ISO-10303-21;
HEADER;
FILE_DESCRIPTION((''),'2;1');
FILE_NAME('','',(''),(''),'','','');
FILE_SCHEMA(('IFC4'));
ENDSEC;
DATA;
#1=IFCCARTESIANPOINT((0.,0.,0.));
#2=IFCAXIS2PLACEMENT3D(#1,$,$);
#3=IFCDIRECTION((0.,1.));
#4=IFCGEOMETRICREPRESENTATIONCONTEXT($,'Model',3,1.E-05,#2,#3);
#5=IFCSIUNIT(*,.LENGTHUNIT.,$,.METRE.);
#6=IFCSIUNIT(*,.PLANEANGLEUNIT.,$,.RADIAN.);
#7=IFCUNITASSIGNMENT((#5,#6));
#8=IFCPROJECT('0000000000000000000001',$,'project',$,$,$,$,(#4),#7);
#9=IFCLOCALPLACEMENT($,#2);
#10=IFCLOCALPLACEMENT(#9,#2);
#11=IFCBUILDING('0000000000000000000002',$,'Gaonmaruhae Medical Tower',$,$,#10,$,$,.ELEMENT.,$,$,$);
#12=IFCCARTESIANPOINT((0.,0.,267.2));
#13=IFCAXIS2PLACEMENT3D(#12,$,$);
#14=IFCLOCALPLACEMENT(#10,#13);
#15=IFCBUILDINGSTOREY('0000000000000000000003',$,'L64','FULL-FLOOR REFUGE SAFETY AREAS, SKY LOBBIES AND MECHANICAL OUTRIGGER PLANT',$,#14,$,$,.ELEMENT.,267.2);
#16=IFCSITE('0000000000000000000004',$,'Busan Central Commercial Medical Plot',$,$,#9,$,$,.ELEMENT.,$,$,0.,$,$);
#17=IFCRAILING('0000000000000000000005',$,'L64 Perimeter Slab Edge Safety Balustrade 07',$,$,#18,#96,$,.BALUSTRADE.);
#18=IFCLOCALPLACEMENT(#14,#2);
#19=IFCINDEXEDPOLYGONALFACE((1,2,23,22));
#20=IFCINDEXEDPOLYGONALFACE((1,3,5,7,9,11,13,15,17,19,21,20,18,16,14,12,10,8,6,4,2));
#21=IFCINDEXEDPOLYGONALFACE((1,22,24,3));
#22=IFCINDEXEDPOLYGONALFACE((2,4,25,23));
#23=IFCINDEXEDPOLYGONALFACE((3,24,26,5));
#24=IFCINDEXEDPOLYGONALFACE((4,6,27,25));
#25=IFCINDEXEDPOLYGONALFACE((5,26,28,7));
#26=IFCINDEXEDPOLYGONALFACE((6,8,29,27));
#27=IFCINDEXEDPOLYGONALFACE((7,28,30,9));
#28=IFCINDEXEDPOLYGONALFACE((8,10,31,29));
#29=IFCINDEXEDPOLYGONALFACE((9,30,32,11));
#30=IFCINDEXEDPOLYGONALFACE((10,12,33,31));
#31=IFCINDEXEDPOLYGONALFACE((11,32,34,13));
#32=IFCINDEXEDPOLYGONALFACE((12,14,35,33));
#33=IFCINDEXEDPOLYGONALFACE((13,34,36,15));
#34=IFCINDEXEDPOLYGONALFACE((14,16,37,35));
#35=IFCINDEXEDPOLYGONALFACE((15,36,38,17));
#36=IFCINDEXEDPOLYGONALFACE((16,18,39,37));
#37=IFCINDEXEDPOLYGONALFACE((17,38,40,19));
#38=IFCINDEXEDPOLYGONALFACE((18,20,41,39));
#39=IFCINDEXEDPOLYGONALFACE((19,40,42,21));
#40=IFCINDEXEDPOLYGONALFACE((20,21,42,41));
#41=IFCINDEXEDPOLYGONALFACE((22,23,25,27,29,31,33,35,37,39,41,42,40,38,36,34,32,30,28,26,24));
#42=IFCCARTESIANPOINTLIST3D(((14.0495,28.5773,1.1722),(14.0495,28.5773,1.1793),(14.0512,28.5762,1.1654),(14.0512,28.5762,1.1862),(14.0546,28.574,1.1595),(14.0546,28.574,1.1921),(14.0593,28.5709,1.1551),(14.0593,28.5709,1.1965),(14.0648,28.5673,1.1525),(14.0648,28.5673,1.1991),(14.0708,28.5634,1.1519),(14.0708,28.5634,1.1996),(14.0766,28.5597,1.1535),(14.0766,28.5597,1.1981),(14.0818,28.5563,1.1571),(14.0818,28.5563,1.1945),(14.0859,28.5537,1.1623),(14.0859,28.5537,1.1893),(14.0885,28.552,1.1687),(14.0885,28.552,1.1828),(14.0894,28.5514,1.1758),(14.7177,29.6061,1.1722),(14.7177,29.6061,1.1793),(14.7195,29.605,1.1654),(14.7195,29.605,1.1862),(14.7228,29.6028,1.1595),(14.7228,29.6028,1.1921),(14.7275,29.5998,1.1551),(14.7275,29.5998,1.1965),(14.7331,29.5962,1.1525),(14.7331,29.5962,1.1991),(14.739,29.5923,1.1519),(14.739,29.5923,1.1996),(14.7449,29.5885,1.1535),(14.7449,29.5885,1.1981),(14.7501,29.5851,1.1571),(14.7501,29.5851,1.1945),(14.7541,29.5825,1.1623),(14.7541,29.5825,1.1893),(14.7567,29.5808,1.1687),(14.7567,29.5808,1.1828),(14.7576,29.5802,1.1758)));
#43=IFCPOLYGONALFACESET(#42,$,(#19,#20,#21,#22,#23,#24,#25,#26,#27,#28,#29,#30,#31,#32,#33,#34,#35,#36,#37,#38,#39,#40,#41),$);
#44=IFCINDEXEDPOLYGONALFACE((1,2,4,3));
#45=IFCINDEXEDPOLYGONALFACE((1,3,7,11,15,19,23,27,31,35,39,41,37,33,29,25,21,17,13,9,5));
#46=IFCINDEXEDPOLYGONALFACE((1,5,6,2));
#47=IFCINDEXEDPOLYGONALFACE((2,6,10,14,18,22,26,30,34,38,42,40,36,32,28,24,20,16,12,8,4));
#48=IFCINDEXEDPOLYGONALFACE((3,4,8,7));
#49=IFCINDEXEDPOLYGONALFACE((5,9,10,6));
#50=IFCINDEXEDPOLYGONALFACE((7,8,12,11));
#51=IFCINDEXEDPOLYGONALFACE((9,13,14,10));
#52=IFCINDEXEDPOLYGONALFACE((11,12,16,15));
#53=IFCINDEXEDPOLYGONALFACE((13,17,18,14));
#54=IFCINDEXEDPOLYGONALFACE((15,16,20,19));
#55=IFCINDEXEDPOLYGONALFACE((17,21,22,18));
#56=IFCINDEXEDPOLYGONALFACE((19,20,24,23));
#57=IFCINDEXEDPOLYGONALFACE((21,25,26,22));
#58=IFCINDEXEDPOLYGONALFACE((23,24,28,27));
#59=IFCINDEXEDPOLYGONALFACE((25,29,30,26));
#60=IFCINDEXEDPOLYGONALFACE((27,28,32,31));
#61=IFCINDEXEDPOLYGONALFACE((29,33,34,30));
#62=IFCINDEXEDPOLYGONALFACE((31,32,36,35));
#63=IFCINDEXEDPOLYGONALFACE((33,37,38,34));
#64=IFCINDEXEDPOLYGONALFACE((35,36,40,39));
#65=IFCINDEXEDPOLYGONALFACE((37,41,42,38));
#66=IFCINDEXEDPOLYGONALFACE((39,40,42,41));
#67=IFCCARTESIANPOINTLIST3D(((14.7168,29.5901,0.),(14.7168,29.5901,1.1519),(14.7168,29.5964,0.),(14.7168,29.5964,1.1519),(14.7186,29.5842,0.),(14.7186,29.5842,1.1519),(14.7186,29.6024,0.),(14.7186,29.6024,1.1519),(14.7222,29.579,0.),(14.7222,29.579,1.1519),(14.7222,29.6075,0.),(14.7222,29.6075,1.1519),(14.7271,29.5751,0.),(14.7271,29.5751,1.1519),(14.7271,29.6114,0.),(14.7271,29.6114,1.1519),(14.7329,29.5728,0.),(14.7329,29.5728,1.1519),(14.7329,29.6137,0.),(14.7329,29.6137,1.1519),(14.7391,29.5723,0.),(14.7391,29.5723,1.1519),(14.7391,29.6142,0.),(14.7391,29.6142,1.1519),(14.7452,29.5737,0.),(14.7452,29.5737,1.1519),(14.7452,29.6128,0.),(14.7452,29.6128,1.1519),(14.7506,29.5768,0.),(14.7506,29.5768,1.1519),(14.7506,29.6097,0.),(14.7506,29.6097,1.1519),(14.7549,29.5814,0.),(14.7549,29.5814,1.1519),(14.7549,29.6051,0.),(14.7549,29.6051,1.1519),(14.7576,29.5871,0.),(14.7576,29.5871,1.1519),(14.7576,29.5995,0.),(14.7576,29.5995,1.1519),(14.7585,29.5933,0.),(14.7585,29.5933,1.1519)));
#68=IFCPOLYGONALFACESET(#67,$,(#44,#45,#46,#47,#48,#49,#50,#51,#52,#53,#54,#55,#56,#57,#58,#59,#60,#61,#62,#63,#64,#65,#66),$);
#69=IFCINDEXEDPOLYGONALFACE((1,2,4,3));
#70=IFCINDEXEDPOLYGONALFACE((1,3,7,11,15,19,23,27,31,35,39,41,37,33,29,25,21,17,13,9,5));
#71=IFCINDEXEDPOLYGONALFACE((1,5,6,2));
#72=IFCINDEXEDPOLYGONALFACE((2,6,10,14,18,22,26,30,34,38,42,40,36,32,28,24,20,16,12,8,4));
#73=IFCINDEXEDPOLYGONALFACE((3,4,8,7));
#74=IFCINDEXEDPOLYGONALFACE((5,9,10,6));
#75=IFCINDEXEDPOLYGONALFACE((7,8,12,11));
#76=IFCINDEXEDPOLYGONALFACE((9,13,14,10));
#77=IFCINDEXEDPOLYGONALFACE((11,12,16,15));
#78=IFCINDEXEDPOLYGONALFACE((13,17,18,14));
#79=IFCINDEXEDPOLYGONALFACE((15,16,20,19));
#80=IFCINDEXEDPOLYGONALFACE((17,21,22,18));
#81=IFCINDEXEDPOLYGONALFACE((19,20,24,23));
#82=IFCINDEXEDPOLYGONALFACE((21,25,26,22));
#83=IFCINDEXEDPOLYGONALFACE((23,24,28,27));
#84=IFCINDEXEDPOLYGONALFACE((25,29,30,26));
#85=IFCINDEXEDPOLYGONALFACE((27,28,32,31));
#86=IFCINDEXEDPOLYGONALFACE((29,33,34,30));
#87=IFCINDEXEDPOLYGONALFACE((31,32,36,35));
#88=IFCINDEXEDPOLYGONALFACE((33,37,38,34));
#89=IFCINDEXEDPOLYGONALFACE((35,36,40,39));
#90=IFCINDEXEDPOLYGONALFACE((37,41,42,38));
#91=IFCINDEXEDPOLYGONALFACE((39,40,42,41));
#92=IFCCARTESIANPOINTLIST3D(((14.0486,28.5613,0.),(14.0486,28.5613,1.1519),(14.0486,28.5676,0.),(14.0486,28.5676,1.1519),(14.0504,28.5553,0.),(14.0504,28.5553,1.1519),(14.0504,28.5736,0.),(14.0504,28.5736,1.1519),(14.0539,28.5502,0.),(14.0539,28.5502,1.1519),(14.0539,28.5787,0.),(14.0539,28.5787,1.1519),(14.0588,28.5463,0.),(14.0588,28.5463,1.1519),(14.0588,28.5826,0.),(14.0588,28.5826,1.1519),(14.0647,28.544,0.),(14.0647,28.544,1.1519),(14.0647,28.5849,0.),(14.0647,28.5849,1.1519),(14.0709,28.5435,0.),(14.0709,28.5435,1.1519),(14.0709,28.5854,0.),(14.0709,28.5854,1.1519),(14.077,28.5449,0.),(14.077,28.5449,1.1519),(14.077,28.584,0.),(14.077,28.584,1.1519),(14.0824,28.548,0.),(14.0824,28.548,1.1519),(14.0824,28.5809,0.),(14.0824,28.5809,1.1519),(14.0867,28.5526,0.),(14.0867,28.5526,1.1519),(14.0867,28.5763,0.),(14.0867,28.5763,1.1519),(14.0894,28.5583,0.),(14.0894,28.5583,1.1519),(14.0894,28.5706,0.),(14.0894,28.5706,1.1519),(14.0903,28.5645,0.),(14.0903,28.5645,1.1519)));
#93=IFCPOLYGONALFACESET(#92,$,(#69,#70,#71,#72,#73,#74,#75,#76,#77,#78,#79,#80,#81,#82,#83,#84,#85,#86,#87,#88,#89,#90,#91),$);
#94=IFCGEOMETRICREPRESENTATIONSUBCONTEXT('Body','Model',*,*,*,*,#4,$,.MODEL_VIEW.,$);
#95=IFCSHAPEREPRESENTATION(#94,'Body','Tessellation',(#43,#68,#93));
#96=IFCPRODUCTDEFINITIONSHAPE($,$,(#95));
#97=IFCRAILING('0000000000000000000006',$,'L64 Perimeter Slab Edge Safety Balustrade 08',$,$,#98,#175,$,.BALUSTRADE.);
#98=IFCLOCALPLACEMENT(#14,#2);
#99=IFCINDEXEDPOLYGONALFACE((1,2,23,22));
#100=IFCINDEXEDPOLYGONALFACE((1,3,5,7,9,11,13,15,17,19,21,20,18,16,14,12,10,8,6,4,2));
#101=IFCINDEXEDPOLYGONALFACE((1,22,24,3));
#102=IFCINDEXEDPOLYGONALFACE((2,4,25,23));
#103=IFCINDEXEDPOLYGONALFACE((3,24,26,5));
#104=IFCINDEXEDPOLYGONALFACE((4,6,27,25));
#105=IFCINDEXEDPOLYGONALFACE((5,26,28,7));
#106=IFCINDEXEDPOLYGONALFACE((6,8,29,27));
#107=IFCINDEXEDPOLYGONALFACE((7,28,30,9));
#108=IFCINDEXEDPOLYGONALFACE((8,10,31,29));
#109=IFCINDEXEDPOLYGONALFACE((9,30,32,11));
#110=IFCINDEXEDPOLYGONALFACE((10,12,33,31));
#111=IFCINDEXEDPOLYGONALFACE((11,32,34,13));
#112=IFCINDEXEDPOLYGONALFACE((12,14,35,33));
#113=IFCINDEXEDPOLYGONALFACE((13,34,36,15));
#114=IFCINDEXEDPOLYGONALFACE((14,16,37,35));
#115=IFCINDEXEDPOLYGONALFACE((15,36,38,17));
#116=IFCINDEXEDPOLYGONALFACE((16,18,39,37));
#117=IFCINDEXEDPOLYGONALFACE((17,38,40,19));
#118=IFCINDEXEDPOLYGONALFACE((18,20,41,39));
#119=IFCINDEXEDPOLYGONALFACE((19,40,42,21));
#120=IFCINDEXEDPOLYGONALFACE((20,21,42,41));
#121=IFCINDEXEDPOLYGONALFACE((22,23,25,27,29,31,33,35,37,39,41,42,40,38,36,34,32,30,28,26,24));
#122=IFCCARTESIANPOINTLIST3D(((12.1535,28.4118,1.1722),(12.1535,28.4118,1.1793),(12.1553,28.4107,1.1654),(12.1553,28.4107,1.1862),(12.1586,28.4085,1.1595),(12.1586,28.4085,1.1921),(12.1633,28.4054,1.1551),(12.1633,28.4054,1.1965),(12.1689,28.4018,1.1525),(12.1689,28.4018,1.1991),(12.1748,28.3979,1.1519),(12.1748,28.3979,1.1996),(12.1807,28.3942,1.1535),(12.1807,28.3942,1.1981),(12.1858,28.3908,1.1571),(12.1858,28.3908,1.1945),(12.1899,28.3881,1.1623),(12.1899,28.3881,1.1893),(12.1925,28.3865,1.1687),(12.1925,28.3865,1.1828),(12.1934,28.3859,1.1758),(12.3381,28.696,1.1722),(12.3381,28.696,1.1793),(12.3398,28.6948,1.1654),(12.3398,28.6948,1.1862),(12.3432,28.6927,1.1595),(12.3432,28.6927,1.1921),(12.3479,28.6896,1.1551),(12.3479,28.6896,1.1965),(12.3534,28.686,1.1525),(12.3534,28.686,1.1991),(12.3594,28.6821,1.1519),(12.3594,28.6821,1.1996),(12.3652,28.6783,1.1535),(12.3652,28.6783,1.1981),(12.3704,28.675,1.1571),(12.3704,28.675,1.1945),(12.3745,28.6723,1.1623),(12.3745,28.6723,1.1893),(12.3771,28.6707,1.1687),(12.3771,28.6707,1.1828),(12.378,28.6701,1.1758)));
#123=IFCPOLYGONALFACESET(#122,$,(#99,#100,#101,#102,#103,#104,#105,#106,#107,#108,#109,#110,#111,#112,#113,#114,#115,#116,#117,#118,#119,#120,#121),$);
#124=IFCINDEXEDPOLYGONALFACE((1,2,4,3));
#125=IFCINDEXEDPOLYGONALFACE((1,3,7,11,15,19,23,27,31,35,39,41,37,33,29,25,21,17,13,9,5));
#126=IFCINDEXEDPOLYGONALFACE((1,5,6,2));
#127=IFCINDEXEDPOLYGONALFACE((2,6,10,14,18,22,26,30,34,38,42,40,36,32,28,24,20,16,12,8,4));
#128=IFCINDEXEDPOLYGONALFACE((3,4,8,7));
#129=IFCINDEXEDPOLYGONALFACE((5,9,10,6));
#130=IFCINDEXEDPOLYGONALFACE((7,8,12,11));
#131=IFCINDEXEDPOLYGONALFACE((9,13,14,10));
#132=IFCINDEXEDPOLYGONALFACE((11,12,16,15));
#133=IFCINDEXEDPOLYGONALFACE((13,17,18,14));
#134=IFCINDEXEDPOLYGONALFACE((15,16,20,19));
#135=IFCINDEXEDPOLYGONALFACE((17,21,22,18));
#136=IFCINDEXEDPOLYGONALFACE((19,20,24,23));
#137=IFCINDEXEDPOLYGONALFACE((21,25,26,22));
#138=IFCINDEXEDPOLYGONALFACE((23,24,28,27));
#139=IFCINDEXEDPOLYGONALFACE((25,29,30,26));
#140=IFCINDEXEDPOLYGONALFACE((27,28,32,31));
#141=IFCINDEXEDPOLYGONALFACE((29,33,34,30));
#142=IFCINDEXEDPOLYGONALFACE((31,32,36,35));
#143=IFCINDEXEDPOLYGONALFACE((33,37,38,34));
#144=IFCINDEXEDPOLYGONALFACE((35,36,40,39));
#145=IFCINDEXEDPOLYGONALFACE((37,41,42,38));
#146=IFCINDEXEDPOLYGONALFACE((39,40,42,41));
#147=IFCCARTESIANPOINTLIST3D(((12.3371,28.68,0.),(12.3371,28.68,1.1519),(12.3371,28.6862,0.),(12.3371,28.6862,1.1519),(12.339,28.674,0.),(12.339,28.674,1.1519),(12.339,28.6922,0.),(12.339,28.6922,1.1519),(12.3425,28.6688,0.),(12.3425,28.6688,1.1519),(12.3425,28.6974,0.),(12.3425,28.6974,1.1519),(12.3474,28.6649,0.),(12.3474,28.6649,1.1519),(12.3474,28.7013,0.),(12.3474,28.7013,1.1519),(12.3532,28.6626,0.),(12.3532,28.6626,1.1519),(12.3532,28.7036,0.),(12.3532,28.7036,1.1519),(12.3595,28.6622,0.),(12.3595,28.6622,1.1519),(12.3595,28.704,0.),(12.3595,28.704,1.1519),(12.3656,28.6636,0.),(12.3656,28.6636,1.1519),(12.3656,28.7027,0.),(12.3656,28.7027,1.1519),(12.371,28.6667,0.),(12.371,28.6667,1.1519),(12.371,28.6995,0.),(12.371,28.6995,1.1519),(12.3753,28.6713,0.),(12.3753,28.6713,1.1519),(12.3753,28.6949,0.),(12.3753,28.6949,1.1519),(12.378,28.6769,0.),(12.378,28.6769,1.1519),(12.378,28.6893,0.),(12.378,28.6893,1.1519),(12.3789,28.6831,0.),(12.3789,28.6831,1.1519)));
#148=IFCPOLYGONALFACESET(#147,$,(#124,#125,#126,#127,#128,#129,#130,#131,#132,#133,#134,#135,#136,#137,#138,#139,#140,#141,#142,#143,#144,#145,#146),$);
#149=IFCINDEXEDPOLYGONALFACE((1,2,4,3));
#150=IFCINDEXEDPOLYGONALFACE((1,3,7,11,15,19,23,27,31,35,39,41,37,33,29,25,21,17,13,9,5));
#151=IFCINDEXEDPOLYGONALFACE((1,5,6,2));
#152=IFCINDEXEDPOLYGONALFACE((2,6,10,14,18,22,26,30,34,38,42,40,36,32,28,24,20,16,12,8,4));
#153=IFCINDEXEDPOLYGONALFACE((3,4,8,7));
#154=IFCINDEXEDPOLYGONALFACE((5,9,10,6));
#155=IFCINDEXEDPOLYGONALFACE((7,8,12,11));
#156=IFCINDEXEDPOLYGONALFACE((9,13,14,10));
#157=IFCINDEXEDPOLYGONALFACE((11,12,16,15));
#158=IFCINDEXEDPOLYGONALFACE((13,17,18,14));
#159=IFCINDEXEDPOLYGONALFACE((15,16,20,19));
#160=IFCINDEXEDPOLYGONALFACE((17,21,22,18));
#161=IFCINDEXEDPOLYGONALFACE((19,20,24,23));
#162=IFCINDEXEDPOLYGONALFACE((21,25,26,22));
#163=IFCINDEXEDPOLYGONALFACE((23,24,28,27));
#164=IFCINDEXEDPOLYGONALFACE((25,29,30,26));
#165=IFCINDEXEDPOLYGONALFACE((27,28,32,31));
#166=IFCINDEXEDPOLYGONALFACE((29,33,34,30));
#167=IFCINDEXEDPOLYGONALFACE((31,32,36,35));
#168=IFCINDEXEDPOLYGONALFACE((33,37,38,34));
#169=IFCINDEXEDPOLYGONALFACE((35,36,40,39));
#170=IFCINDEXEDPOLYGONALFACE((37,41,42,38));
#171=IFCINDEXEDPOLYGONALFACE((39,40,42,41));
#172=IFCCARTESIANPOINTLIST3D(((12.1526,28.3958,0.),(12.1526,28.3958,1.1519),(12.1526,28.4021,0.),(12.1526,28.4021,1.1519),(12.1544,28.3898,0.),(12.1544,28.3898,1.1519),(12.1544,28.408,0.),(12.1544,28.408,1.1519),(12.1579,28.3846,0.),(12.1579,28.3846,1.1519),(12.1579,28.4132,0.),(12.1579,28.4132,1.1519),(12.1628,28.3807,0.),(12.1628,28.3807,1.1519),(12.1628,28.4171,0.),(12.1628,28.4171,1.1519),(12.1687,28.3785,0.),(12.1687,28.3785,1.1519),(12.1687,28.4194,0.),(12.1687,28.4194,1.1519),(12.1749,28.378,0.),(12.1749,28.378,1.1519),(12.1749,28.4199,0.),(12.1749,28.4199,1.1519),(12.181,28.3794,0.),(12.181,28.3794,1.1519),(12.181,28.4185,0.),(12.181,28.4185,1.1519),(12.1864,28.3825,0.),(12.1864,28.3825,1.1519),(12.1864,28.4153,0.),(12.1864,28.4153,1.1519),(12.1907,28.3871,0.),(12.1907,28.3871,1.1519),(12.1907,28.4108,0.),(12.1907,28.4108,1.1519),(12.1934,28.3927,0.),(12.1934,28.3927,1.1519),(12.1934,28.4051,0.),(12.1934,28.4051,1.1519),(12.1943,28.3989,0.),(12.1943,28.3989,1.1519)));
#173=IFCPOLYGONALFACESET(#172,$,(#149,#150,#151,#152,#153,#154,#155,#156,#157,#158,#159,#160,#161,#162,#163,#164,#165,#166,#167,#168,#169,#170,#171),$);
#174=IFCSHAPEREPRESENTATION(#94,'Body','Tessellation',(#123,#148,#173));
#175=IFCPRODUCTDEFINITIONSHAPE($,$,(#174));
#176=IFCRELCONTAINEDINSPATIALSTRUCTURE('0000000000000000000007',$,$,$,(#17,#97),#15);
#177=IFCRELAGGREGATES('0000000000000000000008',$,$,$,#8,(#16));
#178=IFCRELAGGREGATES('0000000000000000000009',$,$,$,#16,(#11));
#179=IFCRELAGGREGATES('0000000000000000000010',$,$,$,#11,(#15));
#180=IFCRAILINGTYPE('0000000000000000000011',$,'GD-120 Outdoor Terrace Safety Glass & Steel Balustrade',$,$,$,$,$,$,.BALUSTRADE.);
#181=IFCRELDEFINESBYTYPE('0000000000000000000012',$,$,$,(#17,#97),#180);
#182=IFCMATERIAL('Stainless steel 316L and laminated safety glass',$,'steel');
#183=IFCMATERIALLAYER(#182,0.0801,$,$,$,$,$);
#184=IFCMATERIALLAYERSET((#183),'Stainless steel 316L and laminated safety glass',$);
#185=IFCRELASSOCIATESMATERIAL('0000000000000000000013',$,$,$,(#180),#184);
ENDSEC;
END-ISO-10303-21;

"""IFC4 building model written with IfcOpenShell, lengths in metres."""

from ifc_helpers import new_model, si_unit, direction, frame, origin, origin_2d, place, context, subcontext, project, spatial, circle, extrude, material, layer, layer_set, type_object, element, save


model = new_model("IFC4")

# Units and contexts
model_context = context("Model", 3, precision=1e-05, world=origin(), true_north=direction((0.0, 1.0)))
body_context = subcontext(model_context, "Body", "Model", "MODEL_VIEW")
ifc_project = project(units=[si_unit("LENGTHUNIT", "METRE"), si_unit("PLANEANGLEUNIT", "RADIAN")], contexts=[model_context])

# Site, building, storey
site_placement = place(None, origin())
site = spatial("IfcSite", under=ifc_project, at=site_placement, Name="Busan Central Commercial Medical Plot", CompositionType="ELEMENT", RefElevation=0.0)
building_placement = place(site_placement, origin())
building = spatial("IfcBuilding", under=site, at=building_placement, Name="Gaonmaruhae Medical Tower", CompositionType="ELEMENT")
storey_placement = place(building_placement, frame((0.0, 0.0, 267.2)))
storey = spatial("IfcBuildingStorey", under=building, at=storey_placement, Name="L64", Description="FULL-FLOOR REFUGE SAFETY AREAS, SKY LOBBIES AND MECHANICAL OUTRIGGER PLANT", CompositionType="ELEMENT", Elevation=267.2)

# Railings
ifc_material_1 = material(Name="Stainless steel 316L and laminated safety glass", Category="steel")
ifc_layer_1 = layer(ifc_material_1, 0.0801)
ifc_layer_set_1 = layer_set([ifc_layer_1], Name="Stainless steel 316L and laminated safety glass")
railing_type = type_object("IfcRailingType", Name="GD-120 Outdoor Terrace Safety Glass & Steel Balustrade", PredefinedType="BALUSTRADE", material=ifc_layer_set_1)
railing_1_placement = place(storey_placement, frame((14.7375, 29.5933, 0.0)))
element("IfcRailing", 1, at=railing_1_placement, inside=storey, type_object=railing_type, Name="L64 Perimeter Slab Edge Safety Balustrade 07", PredefinedType="BALUSTRADE", context=body_context, shape_type="SweptSolid", body=[
    extrude(circle(Radius=0.0239, at=origin_2d()), frame((0.0, 0.0, 1.1758), z_axis=(-0.544695, -0.838635, 0.0), x_axis=(0.838635, -0.544695, 0.0)), (0.0, 0.0, 1.0), 1.2268),
    extrude(circle(Radius=0.021, at=origin_2d()), origin(), (0.0, 0.0, 1.0), 1.1519),
    extrude(circle(Radius=0.021, at=origin_2d()), frame((-0.6682, -1.0288, 0.0)), (0.0, 0.0, 1.0), 1.1519),
])
railing_2_placement = place(storey_placement, frame((12.3579, 28.6831, 0.0)))
element("IfcRailing", 2, at=railing_2_placement, inside=storey, type_object=railing_type, Name="L64 Perimeter Slab Edge Safety Balustrade 08", PredefinedType="BALUSTRADE", context=body_context, shape_type="SweptSolid", body=[
    extrude(circle(Radius=0.0239, at=origin_2d()), frame((0.0, 0.0, 1.1758), z_axis=(-0.544684, -0.838641, 0.0), x_axis=(0.838641, -0.544684, 0.0)), (0.0, 0.0, 1.0), 0.3389),
    extrude(circle(Radius=0.021, at=origin_2d()), origin(), (0.0, 0.0, 1.0), 1.1519),
    extrude(circle(Radius=0.021, at=origin_2d()), frame((-0.1846, -0.2842, 0.0)), (0.0, 0.0, 1.0), 1.1519),
])

save(model, "model.ifc")
